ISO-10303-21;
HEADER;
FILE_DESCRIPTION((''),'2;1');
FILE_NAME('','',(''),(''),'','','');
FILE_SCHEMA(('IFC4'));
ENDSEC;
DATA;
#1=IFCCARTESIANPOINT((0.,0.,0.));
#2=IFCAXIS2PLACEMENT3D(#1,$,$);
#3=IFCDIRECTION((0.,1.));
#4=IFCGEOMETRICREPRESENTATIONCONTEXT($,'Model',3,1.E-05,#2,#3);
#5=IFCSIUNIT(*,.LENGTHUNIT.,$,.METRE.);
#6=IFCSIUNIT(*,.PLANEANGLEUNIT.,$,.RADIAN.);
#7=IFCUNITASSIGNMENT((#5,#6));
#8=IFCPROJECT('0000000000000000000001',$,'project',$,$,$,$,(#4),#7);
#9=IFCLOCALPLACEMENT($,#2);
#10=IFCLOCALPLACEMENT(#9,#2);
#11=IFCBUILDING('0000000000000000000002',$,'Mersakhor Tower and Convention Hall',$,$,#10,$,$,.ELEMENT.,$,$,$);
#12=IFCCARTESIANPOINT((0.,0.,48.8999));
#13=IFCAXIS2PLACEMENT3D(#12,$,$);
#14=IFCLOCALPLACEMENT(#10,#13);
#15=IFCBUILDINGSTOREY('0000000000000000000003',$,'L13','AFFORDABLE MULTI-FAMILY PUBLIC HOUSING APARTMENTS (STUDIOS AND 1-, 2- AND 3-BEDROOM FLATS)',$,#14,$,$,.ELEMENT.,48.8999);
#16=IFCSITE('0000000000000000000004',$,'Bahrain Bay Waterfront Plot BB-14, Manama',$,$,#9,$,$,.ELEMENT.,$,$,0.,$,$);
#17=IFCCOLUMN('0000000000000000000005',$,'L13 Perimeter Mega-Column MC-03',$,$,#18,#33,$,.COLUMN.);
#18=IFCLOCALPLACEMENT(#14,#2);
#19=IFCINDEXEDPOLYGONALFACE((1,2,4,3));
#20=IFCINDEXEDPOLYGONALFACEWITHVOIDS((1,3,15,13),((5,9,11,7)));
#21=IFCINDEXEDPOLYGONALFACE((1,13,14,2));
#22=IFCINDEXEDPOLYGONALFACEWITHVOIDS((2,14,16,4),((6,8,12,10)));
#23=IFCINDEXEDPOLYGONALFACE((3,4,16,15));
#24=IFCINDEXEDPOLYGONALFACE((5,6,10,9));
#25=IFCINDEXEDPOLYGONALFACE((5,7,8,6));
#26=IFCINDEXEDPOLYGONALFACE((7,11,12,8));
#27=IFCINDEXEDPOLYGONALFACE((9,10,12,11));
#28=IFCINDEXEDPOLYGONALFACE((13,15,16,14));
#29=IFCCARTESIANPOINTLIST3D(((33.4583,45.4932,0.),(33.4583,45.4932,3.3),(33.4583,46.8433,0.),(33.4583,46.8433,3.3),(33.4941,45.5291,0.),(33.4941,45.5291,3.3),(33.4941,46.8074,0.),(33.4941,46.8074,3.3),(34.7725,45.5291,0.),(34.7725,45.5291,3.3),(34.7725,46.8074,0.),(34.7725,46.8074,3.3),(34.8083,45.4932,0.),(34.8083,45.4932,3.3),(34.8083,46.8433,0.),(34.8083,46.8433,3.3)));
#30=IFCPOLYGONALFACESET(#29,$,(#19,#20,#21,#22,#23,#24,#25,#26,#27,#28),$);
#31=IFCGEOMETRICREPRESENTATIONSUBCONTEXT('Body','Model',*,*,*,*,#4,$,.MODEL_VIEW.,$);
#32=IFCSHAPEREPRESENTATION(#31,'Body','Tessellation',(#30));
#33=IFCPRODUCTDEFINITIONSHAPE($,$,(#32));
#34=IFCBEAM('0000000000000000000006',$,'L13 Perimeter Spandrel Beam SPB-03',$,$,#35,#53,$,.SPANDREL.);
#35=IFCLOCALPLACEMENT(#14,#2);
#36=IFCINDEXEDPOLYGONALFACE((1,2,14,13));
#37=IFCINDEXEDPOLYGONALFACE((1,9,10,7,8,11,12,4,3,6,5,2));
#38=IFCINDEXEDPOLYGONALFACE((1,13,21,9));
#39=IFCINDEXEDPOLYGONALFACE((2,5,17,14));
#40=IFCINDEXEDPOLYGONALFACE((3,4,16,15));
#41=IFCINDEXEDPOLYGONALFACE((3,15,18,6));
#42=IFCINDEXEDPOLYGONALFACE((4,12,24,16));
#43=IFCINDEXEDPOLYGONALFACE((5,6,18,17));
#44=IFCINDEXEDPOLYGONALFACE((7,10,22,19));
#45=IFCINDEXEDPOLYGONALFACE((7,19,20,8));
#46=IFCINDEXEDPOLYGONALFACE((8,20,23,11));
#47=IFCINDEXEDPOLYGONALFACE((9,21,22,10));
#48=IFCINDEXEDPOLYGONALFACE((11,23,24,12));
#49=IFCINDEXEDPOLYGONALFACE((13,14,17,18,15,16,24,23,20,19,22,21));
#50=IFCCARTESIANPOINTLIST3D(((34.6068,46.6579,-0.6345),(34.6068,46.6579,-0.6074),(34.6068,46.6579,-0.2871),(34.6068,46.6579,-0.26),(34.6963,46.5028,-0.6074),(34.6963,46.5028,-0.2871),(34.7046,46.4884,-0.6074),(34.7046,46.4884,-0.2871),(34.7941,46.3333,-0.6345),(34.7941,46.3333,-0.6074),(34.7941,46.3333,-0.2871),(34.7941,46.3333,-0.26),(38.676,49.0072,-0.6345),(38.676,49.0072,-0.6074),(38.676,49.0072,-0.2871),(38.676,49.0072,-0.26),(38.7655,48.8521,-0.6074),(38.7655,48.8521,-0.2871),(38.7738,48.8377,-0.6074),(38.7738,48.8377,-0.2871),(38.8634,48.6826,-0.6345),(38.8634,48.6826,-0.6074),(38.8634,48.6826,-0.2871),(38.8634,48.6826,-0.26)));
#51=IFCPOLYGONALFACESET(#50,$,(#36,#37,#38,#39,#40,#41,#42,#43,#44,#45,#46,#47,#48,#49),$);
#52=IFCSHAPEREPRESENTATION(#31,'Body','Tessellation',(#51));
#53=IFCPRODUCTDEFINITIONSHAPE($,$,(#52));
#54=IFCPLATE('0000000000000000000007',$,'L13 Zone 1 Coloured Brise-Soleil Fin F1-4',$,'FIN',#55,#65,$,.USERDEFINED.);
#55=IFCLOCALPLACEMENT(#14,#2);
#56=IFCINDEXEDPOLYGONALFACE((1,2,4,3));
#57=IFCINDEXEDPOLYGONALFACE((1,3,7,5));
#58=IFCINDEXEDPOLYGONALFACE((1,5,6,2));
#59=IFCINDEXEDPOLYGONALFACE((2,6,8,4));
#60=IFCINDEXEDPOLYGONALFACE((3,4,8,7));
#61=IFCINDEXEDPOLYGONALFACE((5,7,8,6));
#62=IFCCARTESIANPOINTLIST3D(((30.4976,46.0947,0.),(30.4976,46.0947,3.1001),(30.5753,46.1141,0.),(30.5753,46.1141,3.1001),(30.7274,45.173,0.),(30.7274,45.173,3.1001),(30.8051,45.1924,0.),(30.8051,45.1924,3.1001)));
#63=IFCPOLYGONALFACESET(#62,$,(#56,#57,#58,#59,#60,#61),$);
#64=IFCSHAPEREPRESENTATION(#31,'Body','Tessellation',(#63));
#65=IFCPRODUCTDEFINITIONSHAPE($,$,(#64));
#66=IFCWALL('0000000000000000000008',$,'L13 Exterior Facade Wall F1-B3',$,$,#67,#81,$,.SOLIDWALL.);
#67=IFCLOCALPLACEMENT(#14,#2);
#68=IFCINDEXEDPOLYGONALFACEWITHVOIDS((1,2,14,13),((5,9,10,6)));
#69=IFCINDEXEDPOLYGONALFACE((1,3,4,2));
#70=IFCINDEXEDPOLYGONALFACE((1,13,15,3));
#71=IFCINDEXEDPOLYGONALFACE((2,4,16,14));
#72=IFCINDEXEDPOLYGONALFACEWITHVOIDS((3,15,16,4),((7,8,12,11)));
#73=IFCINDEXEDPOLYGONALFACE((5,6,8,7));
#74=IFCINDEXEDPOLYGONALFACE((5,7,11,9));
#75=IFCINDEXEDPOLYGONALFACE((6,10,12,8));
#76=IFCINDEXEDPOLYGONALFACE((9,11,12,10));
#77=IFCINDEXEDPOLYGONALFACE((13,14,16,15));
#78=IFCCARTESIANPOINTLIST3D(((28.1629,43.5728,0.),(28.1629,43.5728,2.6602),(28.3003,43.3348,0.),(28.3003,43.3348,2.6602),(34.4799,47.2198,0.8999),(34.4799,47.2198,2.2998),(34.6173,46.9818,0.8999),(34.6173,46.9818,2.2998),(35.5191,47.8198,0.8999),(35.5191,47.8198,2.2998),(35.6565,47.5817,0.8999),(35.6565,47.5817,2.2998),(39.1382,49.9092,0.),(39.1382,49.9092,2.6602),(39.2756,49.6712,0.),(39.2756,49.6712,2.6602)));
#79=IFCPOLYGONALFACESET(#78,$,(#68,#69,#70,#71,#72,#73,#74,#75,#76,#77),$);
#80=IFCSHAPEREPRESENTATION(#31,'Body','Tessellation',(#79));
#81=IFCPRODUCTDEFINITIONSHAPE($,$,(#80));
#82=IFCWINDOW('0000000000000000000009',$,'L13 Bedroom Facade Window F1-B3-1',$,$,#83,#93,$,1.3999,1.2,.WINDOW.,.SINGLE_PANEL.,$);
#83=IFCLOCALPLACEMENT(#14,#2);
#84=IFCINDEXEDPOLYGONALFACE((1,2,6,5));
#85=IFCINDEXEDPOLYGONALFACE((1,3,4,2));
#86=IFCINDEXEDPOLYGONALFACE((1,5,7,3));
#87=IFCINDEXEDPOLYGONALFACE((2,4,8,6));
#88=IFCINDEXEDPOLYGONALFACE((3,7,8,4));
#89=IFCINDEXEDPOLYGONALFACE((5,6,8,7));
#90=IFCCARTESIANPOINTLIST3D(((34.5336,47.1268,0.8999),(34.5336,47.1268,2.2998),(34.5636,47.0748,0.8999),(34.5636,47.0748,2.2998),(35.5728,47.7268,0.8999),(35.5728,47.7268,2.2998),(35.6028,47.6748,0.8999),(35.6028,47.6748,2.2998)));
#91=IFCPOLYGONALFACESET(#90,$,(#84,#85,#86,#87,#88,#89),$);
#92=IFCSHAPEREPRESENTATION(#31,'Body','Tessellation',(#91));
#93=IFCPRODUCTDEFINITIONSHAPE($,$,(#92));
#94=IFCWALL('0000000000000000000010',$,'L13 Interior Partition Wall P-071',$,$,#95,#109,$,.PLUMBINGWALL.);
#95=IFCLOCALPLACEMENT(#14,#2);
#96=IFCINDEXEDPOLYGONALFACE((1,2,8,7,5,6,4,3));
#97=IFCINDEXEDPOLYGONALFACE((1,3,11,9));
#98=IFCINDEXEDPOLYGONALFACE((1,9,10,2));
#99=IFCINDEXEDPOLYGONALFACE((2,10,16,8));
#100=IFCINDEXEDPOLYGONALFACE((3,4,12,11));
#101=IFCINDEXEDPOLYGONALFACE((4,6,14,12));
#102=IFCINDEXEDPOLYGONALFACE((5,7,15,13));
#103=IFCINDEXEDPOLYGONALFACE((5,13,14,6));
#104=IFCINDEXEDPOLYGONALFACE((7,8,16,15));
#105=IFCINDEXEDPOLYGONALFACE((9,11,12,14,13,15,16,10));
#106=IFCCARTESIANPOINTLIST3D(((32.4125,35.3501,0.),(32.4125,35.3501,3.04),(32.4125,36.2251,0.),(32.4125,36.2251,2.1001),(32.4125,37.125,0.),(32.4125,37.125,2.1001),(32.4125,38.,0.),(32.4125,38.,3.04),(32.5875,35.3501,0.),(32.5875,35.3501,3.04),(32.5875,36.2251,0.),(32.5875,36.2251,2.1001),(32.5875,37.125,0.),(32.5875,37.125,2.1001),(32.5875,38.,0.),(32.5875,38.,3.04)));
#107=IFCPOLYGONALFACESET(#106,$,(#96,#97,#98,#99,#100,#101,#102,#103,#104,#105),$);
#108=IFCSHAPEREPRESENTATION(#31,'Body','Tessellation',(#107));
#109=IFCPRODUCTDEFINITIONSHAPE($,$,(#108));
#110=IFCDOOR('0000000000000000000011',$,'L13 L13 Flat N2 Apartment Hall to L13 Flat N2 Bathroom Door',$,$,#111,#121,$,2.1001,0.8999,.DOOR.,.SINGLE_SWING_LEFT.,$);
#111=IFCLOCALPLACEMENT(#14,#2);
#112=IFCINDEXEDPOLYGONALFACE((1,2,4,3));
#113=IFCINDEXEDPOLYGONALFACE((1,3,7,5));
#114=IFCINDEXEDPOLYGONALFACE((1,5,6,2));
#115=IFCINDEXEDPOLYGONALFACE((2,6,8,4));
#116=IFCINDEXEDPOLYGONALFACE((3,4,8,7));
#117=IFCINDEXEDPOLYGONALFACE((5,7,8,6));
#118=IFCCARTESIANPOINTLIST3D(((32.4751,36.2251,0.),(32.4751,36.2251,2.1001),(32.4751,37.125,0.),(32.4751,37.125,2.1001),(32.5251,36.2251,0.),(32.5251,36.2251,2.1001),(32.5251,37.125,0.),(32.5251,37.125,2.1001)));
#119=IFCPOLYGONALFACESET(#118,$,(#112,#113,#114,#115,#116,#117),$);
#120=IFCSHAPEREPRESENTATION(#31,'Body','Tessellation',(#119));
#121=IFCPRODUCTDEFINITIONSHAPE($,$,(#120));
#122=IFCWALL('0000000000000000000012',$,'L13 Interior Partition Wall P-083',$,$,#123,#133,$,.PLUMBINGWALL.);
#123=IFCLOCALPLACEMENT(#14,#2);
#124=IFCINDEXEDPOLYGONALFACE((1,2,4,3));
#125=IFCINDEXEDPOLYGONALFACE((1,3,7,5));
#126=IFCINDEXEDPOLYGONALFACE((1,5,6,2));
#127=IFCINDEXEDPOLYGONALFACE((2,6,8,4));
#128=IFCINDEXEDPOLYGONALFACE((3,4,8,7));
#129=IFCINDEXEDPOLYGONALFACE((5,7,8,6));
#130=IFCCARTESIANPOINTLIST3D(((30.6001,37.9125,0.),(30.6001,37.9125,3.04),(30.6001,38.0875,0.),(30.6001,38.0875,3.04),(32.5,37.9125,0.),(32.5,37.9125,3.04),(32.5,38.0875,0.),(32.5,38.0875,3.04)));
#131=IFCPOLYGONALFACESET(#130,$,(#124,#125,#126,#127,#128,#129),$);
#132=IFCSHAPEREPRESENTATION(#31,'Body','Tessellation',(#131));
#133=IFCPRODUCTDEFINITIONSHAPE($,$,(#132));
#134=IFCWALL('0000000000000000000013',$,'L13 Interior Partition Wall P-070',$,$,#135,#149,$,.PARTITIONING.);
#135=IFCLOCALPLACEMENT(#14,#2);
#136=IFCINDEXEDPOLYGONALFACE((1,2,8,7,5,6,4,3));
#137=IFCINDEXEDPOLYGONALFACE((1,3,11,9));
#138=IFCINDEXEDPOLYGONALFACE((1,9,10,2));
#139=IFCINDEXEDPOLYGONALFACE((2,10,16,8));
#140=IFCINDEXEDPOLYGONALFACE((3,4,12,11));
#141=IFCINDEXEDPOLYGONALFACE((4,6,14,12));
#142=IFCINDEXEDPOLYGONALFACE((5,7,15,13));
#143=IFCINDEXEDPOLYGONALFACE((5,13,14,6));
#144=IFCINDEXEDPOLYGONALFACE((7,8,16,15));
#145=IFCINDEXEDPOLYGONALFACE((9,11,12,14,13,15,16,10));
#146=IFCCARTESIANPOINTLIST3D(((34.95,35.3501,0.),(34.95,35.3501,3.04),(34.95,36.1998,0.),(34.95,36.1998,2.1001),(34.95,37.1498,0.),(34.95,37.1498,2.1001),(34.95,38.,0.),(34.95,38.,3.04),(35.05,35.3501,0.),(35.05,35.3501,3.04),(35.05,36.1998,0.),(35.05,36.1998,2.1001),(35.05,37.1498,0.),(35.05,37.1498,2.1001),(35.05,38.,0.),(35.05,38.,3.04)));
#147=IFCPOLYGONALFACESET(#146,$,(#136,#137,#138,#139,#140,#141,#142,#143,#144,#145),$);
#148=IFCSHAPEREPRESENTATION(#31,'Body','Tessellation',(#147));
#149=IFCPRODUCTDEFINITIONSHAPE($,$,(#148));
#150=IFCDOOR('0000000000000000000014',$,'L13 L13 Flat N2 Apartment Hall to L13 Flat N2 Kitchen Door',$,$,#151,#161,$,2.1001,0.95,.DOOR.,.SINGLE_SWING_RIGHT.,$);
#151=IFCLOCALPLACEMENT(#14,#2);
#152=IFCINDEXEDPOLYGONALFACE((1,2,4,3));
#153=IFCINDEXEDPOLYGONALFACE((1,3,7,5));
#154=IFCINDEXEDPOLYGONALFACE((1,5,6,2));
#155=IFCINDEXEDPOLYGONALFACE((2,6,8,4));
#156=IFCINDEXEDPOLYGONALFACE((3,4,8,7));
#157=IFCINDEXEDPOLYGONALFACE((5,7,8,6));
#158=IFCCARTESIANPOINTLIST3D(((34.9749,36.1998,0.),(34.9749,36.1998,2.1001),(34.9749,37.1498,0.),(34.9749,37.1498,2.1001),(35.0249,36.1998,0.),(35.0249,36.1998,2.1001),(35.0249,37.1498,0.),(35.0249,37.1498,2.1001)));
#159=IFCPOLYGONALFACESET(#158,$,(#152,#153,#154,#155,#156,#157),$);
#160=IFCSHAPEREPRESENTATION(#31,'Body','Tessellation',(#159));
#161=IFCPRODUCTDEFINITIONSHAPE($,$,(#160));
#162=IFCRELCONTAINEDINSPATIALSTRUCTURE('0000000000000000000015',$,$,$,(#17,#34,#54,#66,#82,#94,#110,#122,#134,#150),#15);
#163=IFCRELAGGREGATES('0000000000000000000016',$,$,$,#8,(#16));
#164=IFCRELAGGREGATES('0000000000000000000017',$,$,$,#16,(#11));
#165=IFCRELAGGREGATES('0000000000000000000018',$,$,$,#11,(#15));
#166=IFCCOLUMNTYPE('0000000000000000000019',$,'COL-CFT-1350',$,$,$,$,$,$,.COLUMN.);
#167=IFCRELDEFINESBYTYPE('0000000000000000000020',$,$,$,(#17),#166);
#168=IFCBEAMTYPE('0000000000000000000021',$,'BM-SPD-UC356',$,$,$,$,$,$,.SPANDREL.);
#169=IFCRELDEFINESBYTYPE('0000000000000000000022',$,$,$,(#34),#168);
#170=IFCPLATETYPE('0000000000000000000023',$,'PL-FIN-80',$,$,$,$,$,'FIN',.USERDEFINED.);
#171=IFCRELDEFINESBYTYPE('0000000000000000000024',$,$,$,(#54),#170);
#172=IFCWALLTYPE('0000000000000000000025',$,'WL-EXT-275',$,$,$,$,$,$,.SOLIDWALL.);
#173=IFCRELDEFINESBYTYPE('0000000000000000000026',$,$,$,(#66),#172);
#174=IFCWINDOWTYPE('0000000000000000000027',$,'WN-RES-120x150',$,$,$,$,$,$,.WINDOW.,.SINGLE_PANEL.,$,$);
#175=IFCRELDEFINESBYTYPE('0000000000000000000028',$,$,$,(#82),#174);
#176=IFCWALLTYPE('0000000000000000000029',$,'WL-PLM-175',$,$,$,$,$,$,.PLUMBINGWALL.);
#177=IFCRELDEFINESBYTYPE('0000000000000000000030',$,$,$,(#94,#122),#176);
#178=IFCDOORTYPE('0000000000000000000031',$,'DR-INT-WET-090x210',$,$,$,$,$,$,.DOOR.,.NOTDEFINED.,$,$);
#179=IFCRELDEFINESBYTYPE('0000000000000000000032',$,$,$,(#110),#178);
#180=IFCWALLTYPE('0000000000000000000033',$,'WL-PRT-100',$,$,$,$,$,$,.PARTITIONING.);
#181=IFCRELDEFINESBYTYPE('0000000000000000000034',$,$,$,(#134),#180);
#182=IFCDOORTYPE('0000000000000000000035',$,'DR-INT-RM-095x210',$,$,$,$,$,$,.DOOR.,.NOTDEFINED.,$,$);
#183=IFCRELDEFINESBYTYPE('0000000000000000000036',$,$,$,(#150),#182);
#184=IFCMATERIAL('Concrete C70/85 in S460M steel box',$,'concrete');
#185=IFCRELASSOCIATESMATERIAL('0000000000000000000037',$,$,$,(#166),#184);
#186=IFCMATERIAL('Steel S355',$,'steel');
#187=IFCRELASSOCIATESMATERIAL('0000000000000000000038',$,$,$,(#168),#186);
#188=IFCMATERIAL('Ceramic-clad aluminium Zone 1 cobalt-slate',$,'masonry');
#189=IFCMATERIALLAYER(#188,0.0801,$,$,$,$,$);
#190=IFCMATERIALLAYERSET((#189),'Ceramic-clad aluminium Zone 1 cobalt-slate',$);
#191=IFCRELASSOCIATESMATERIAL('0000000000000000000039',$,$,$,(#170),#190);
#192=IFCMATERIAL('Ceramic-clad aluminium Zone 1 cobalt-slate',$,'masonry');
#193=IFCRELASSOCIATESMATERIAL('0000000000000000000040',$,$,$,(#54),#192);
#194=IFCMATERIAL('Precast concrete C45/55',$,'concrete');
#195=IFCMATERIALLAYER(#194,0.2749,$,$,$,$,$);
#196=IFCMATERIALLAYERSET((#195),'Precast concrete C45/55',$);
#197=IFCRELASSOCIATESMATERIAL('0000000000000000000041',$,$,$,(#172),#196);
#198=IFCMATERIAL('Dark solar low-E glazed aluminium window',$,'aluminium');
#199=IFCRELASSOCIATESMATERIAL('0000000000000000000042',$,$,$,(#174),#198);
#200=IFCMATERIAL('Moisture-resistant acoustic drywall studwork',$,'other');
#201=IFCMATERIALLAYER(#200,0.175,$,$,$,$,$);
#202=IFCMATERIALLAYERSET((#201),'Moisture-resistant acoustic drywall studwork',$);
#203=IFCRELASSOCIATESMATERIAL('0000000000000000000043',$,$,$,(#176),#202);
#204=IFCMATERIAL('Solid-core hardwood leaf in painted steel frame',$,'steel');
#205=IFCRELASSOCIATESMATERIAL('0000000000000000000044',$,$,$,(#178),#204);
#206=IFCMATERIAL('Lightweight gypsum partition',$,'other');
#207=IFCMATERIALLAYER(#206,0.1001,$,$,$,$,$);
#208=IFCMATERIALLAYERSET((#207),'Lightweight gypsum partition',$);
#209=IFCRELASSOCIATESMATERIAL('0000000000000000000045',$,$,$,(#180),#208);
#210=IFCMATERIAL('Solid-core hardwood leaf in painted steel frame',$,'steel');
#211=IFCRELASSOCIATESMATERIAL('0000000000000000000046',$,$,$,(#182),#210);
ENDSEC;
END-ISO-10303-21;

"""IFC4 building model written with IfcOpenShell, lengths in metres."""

from ifc_helpers import new_model, si_unit, direction, frame, frame_2d, origin, origin_2d, place, context, subcontext, project, spatial, rectangle, hollow_rectangle, i_section, extrude, material, layer, layer_set, material_profile, profile_set, type_object, element, fill, save


model = new_model("IFC4")

# Units and contexts
model_context = context("Model", 3, precision=1e-05, world=origin(), true_north=direction((0.0, 1.0)))
body_context = subcontext(model_context, "Body", "Model", "MODEL_VIEW")
ifc_project = project(units=[si_unit("LENGTHUNIT", "METRE"), si_unit("PLANEANGLEUNIT", "RADIAN")], contexts=[model_context])

# Site, building, storey
site_placement = place(None, origin())
site = spatial("IfcSite", under=ifc_project, at=site_placement, Name="Bahrain Bay Waterfront Plot BB-14, Manama", CompositionType="ELEMENT", RefElevation=0.0)
building_placement = place(site_placement, origin())
building = spatial("IfcBuilding", under=site, at=building_placement, Name="Mersakhor Tower and Convention Hall", CompositionType="ELEMENT")
storey_placement = place(building_placement, frame((0.0, 0.0, 48.8999)))
storey = spatial("IfcBuildingStorey", under=building, at=storey_placement, Name="L13", Description="AFFORDABLE MULTI-FAMILY PUBLIC HOUSING APARTMENTS (STUDIOS AND 1-, 2- AND 3-BEDROOM FLATS)", CompositionType="ELEMENT", Elevation=48.8999)

# Column
ifc_material_1 = material(Name="Concrete C70/85 in S460M steel box", Category="concrete")
ifc_material_profile_1 = material_profile(ifc_material_1, hollow_rectangle(XDim=1.3501, YDim=1.3501, WallThickness=0.0359, at=origin_2d()), Name="SHS 1350x1350x36")
ifc_profile_set_1 = profile_set([ifc_material_profile_1], Name="Concrete C70/85 in S460M steel box")
column_type = type_object("IfcColumnType", Name="COL-CFT-1350", PredefinedType="COLUMN", material=ifc_profile_set_1)
column_placement = place(storey_placement, frame((34.1333, 46.1682, 0.0), z_axis=(0.0, 0.0, 1.0), x_axis=(1.0, 0.0, 0.0)))
element("IfcColumn", 1, at=column_placement, inside=storey, type_object=column_type, Name="L13 Perimeter Mega-Column MC-03", PredefinedType="COLUMN", context=body_context, shape_type="SweptSolid", body=[
    extrude(hollow_rectangle(XDim=1.3501, YDim=1.3501, WallThickness=0.0359, at=origin_2d()), origin(), (0.0, 0.0, 1.0), 3.3),
])

# Beam
ifc_material_2 = material(Name="Steel S355", Category="steel")
ifc_material_profile_2 = material_profile(ifc_material_2, i_section(OverallWidth=0.3748, OverallDepth=0.3745, WebThickness=0.0166, FlangeThickness=0.0271, at=origin_2d()), Name="UC 356x368x202")
ifc_profile_set_2 = profile_set([ifc_material_profile_2], Name="Steel S355")
beam_type = type_object("IfcBeamType", Name="BM-SPD-UC356", PredefinedType="SPANDREL", material=ifc_profile_set_2)
beam_placement = place(storey_placement, frame((34.7004, 46.4956, -0.4473), z_axis=(0.866032, 0.499989, 0.0), x_axis=(-0.499989, 0.866032, 0.0)))
element("IfcBeam", 2, at=beam_placement, inside=storey, type_object=beam_type, Name="L13 Perimeter Spandrel Beam SPB-03", PredefinedType="SPANDREL", context=body_context, shape_type="SweptSolid", body=[
    extrude(i_section(OverallWidth=0.3748, OverallDepth=0.3745, WebThickness=0.0166, FlangeThickness=0.0271, at=origin_2d()), origin(), (0.0, 0.0, 1.0), 4.6987),
])

# Plate
ifc_material_3 = material(Name="Ceramic-clad aluminium Zone 1 cobalt-slate", Category="masonry")
ifc_material_4 = material(Name="Ceramic-clad aluminium Zone 1 cobalt-slate", Category="masonry")
ifc_layer_1 = layer(ifc_material_4, 0.0801)
ifc_layer_set_1 = layer_set([ifc_layer_1], Name="Ceramic-clad aluminium Zone 1 cobalt-slate")
plate_type = type_object("IfcPlateType", Name="PL-FIN-80", ElementType="FIN", PredefinedType="USERDEFINED", material=ifc_layer_set_1)
plate_placement = place(storey_placement, frame((30.6514, 45.6436, 0.0), z_axis=(0.0, 0.0, 1.0), x_axis=(-0.241922, 0.970296, 0.0)))
element("IfcPlate", 3, at=plate_placement, inside=storey, type_object=plate_type, material=ifc_material_3, Name="L13 Zone 1 Coloured Brise-Soleil Fin F1-4", ObjectType="FIN", PredefinedType="USERDEFINED", context=body_context, shape_type="SweptSolid", body=[
    extrude(rectangle(XDim=0.95, YDim=0.0801, at=origin_2d()), origin(), (0.0, 0.0, 1.0), 3.1001),
])

# Wall, opening, window
ifc_material_5 = material(Name="Precast concrete C45/55", Category="concrete")
ifc_layer_2 = layer(ifc_material_5, 0.2749)
ifc_layer_set_2 = layer_set([ifc_layer_2], Name="Precast concrete C45/55")
wall_type_1 = type_object("IfcWallType", Name="WL-EXT-275", PredefinedType="SOLIDWALL", material=ifc_layer_set_2)
wall_1_placement = place(storey_placement, frame((28.2317, 43.4539, 0.0), z_axis=(0.0, 0.0, 1.0), x_axis=(0.866032, 0.499989, 0.0)))
wall_1 = element("IfcWall", 4, at=wall_1_placement, inside=storey, type_object=wall_type_1, Name="L13 Exterior Facade Wall F1-B3", PredefinedType="SOLIDWALL", context=body_context, shape_type="SweptSolid", body=[
    extrude(rectangle(XDim=12.6731, YDim=0.2749, at=frame_2d((6.3364, 0.0))), origin(), (0.0, 0.0, 1.0), 2.6602),
])
opening_1_placement = place(wall_1_placement, frame((7.2939, 0.0, 0.8999)))
opening_1 = element("IfcOpeningElement", 5, at=opening_1_placement, cuts=wall_1, PredefinedType="OPENING", context=body_context, shape_type="SweptSolid", body=[
    extrude(rectangle(XDim=1.2, YDim=1.3999, at=frame_2d((0.6001, 0.7))), frame((0.0, 0.1475, 0.0), z_axis=(0.0, -1.0, 0.0), x_axis=(1.0, 0.0, 0.0)), (0.0, 0.0, 1.0), 0.2949),
])
ifc_material_6 = material(Name="Dark solar low-E glazed aluminium window", Category="aluminium")
window_type = type_object("IfcWindowType", Name="WN-RES-120x150", PartitioningType="SINGLE_PANEL", PredefinedType="WINDOW", material=ifc_material_6)
window_placement = place(opening_1_placement, origin())
window = element("IfcWindow", 6, at=window_placement, inside=storey, type_object=window_type, Name="L13 Bedroom Facade Window F1-B3-1", OverallHeight=1.3999, OverallWidth=1.2, PartitioningType="SINGLE_PANEL", PredefinedType="WINDOW", context=body_context, shape_type="SweptSolid", body=[
    extrude(rectangle(XDim=1.2, YDim=1.3999, at=frame_2d((0.6001, 0.7))), frame((0.0, 0.03, 0.0), z_axis=(0.0, -1.0, 0.0), x_axis=(1.0, 0.0, 0.0)), (0.0, 0.0, 1.0), 0.0601),
])
fill(opening_1, window)

# Wall, opening, door
ifc_material_7 = material(Name="Moisture-resistant acoustic drywall studwork", Category="other")
ifc_layer_3 = layer(ifc_material_7, 0.175)
ifc_layer_set_3 = layer_set([ifc_layer_3], Name="Moisture-resistant acoustic drywall studwork")
wall_type_2 = type_object("IfcWallType", Name="WL-PLM-175", PredefinedType="PLUMBINGWALL", material=ifc_layer_set_3)
wall_2_placement = place(storey_placement, frame((32.5, 35.3501, 0.0), z_axis=(0.0, 0.0, 1.0), x_axis=(0.0, 1.0, 0.0)))
wall_2 = element("IfcWall", 7, at=wall_2_placement, inside=storey, type_object=wall_type_2, Name="L13 Interior Partition Wall P-071", PredefinedType="PLUMBINGWALL", context=body_context, shape_type="SweptSolid", body=[
    extrude(rectangle(XDim=2.6499, YDim=0.175, at=frame_2d((1.325, 0.0))), origin(), (0.0, 0.0, 1.0), 3.04),
])
opening_2_placement = place(wall_2_placement, frame((0.875, 0.0, 0.0)))
opening_2 = element("IfcOpeningElement", 8, at=opening_2_placement, cuts=wall_2, PredefinedType="OPENING", context=body_context, shape_type="SweptSolid", body=[
    extrude(rectangle(XDim=0.8999, YDim=2.1001, at=frame_2d((0.45, 1.05))), frame((0.0, 0.0974, 0.0), z_axis=(0.0, -1.0, 0.0), x_axis=(1.0, 0.0, 0.0)), (0.0, 0.0, 1.0), 0.1951),
])
ifc_material_8 = material(Name="Solid-core hardwood leaf in painted steel frame", Category="steel")
door_type_1 = type_object("IfcDoorType", Name="DR-INT-WET-090x210", OperationType="NOTDEFINED", PredefinedType="DOOR", material=ifc_material_8)
door_1_placement = place(opening_2_placement, origin())
door_1 = element("IfcDoor", 9, at=door_1_placement, inside=storey, type_object=door_type_1, Name="L13 L13 Flat N2 Apartment Hall to L13 Flat N2 Bathroom Door", OperationType="SINGLE_SWING_LEFT", OverallHeight=2.1001, OverallWidth=0.8999, PredefinedType="DOOR", context=body_context, shape_type="SweptSolid", body=[
    extrude(rectangle(XDim=0.8999, YDim=2.1001, at=frame_2d((0.45, 1.05))), frame((0.0, 0.0249, 0.0), z_axis=(0.0, -1.0, 0.0), x_axis=(1.0, 0.0, 0.0)), (0.0, 0.0, 1.0), 0.05),
])
fill(opening_2, door_1)

# Wall
wall_3_placement = place(storey_placement, frame((30.6001, 38.0, 0.0), z_axis=(0.0, 0.0, 1.0), x_axis=(1.0, 0.0, 0.0)))
element("IfcWall", 10, at=wall_3_placement, inside=storey, type_object=wall_type_2, Name="L13 Interior Partition Wall P-083", PredefinedType="PLUMBINGWALL", context=body_context, shape_type="SweptSolid", body=[
    extrude(rectangle(XDim=1.8999, YDim=0.175, at=frame_2d((0.95, 0.0))), origin(), (0.0, 0.0, 1.0), 3.04),
])

# Wall, opening, door
ifc_material_9 = material(Name="Lightweight gypsum partition", Category="other")
ifc_layer_4 = layer(ifc_material_9, 0.1001)
ifc_layer_set_4 = layer_set([ifc_layer_4], Name="Lightweight gypsum partition")
wall_type_3 = type_object("IfcWallType", Name="WL-PRT-100", PredefinedType="PARTITIONING", material=ifc_layer_set_4)
wall_4_placement = place(storey_placement, frame((35.0, 38.0, 0.0), z_axis=(0.0, 0.0, 1.0), x_axis=(0.0, -1.0, 0.0)))
wall_4 = element("IfcWall", 11, at=wall_4_placement, inside=storey, type_object=wall_type_3, Name="L13 Interior Partition Wall P-070", PredefinedType="PARTITIONING", context=body_context, shape_type="SweptSolid", body=[
    extrude(rectangle(XDim=2.6499, YDim=0.1001, at=frame_2d((1.325, 0.0))), origin(), (0.0, 0.0, 1.0), 3.04),
])
opening_3_placement = place(wall_4_placement, frame((0.8501, 0.0, 0.0)))
opening_3 = element("IfcOpeningElement", 12, at=opening_3_placement, cuts=wall_4, PredefinedType="OPENING", context=body_context, shape_type="SweptSolid", body=[
    extrude(rectangle(XDim=0.95, YDim=2.1001, at=frame_2d((0.4751, 1.05))), frame((0.0, 0.0601, 0.0), z_axis=(0.0, -1.0, 0.0), x_axis=(1.0, 0.0, 0.0)), (0.0, 0.0, 1.0), 0.1201),
])
ifc_material_10 = material(Name="Solid-core hardwood leaf in painted steel frame", Category="steel")
door_type_2 = type_object("IfcDoorType", Name="DR-INT-RM-095x210", OperationType="NOTDEFINED", PredefinedType="DOOR", material=ifc_material_10)
door_2_placement = place(opening_3_placement, origin())
door_2 = element("IfcDoor", 13, at=door_2_placement, inside=storey, type_object=door_type_2, Name="L13 L13 Flat N2 Apartment Hall to L13 Flat N2 Kitchen Door", OperationType="SINGLE_SWING_RIGHT", OverallHeight=2.1001, OverallWidth=0.95, PredefinedType="DOOR", context=body_context, shape_type="SweptSolid", body=[
    extrude(rectangle(XDim=0.95, YDim=2.1001, at=frame_2d((0.4751, 1.05))), frame((0.0, 0.0249, 0.0), z_axis=(0.0, -1.0, 0.0), x_axis=(1.0, 0.0, 0.0)), (0.0, 0.0, 1.0), 0.05),
])
fill(opening_3, door_2)

save(model, "model.ifc")
